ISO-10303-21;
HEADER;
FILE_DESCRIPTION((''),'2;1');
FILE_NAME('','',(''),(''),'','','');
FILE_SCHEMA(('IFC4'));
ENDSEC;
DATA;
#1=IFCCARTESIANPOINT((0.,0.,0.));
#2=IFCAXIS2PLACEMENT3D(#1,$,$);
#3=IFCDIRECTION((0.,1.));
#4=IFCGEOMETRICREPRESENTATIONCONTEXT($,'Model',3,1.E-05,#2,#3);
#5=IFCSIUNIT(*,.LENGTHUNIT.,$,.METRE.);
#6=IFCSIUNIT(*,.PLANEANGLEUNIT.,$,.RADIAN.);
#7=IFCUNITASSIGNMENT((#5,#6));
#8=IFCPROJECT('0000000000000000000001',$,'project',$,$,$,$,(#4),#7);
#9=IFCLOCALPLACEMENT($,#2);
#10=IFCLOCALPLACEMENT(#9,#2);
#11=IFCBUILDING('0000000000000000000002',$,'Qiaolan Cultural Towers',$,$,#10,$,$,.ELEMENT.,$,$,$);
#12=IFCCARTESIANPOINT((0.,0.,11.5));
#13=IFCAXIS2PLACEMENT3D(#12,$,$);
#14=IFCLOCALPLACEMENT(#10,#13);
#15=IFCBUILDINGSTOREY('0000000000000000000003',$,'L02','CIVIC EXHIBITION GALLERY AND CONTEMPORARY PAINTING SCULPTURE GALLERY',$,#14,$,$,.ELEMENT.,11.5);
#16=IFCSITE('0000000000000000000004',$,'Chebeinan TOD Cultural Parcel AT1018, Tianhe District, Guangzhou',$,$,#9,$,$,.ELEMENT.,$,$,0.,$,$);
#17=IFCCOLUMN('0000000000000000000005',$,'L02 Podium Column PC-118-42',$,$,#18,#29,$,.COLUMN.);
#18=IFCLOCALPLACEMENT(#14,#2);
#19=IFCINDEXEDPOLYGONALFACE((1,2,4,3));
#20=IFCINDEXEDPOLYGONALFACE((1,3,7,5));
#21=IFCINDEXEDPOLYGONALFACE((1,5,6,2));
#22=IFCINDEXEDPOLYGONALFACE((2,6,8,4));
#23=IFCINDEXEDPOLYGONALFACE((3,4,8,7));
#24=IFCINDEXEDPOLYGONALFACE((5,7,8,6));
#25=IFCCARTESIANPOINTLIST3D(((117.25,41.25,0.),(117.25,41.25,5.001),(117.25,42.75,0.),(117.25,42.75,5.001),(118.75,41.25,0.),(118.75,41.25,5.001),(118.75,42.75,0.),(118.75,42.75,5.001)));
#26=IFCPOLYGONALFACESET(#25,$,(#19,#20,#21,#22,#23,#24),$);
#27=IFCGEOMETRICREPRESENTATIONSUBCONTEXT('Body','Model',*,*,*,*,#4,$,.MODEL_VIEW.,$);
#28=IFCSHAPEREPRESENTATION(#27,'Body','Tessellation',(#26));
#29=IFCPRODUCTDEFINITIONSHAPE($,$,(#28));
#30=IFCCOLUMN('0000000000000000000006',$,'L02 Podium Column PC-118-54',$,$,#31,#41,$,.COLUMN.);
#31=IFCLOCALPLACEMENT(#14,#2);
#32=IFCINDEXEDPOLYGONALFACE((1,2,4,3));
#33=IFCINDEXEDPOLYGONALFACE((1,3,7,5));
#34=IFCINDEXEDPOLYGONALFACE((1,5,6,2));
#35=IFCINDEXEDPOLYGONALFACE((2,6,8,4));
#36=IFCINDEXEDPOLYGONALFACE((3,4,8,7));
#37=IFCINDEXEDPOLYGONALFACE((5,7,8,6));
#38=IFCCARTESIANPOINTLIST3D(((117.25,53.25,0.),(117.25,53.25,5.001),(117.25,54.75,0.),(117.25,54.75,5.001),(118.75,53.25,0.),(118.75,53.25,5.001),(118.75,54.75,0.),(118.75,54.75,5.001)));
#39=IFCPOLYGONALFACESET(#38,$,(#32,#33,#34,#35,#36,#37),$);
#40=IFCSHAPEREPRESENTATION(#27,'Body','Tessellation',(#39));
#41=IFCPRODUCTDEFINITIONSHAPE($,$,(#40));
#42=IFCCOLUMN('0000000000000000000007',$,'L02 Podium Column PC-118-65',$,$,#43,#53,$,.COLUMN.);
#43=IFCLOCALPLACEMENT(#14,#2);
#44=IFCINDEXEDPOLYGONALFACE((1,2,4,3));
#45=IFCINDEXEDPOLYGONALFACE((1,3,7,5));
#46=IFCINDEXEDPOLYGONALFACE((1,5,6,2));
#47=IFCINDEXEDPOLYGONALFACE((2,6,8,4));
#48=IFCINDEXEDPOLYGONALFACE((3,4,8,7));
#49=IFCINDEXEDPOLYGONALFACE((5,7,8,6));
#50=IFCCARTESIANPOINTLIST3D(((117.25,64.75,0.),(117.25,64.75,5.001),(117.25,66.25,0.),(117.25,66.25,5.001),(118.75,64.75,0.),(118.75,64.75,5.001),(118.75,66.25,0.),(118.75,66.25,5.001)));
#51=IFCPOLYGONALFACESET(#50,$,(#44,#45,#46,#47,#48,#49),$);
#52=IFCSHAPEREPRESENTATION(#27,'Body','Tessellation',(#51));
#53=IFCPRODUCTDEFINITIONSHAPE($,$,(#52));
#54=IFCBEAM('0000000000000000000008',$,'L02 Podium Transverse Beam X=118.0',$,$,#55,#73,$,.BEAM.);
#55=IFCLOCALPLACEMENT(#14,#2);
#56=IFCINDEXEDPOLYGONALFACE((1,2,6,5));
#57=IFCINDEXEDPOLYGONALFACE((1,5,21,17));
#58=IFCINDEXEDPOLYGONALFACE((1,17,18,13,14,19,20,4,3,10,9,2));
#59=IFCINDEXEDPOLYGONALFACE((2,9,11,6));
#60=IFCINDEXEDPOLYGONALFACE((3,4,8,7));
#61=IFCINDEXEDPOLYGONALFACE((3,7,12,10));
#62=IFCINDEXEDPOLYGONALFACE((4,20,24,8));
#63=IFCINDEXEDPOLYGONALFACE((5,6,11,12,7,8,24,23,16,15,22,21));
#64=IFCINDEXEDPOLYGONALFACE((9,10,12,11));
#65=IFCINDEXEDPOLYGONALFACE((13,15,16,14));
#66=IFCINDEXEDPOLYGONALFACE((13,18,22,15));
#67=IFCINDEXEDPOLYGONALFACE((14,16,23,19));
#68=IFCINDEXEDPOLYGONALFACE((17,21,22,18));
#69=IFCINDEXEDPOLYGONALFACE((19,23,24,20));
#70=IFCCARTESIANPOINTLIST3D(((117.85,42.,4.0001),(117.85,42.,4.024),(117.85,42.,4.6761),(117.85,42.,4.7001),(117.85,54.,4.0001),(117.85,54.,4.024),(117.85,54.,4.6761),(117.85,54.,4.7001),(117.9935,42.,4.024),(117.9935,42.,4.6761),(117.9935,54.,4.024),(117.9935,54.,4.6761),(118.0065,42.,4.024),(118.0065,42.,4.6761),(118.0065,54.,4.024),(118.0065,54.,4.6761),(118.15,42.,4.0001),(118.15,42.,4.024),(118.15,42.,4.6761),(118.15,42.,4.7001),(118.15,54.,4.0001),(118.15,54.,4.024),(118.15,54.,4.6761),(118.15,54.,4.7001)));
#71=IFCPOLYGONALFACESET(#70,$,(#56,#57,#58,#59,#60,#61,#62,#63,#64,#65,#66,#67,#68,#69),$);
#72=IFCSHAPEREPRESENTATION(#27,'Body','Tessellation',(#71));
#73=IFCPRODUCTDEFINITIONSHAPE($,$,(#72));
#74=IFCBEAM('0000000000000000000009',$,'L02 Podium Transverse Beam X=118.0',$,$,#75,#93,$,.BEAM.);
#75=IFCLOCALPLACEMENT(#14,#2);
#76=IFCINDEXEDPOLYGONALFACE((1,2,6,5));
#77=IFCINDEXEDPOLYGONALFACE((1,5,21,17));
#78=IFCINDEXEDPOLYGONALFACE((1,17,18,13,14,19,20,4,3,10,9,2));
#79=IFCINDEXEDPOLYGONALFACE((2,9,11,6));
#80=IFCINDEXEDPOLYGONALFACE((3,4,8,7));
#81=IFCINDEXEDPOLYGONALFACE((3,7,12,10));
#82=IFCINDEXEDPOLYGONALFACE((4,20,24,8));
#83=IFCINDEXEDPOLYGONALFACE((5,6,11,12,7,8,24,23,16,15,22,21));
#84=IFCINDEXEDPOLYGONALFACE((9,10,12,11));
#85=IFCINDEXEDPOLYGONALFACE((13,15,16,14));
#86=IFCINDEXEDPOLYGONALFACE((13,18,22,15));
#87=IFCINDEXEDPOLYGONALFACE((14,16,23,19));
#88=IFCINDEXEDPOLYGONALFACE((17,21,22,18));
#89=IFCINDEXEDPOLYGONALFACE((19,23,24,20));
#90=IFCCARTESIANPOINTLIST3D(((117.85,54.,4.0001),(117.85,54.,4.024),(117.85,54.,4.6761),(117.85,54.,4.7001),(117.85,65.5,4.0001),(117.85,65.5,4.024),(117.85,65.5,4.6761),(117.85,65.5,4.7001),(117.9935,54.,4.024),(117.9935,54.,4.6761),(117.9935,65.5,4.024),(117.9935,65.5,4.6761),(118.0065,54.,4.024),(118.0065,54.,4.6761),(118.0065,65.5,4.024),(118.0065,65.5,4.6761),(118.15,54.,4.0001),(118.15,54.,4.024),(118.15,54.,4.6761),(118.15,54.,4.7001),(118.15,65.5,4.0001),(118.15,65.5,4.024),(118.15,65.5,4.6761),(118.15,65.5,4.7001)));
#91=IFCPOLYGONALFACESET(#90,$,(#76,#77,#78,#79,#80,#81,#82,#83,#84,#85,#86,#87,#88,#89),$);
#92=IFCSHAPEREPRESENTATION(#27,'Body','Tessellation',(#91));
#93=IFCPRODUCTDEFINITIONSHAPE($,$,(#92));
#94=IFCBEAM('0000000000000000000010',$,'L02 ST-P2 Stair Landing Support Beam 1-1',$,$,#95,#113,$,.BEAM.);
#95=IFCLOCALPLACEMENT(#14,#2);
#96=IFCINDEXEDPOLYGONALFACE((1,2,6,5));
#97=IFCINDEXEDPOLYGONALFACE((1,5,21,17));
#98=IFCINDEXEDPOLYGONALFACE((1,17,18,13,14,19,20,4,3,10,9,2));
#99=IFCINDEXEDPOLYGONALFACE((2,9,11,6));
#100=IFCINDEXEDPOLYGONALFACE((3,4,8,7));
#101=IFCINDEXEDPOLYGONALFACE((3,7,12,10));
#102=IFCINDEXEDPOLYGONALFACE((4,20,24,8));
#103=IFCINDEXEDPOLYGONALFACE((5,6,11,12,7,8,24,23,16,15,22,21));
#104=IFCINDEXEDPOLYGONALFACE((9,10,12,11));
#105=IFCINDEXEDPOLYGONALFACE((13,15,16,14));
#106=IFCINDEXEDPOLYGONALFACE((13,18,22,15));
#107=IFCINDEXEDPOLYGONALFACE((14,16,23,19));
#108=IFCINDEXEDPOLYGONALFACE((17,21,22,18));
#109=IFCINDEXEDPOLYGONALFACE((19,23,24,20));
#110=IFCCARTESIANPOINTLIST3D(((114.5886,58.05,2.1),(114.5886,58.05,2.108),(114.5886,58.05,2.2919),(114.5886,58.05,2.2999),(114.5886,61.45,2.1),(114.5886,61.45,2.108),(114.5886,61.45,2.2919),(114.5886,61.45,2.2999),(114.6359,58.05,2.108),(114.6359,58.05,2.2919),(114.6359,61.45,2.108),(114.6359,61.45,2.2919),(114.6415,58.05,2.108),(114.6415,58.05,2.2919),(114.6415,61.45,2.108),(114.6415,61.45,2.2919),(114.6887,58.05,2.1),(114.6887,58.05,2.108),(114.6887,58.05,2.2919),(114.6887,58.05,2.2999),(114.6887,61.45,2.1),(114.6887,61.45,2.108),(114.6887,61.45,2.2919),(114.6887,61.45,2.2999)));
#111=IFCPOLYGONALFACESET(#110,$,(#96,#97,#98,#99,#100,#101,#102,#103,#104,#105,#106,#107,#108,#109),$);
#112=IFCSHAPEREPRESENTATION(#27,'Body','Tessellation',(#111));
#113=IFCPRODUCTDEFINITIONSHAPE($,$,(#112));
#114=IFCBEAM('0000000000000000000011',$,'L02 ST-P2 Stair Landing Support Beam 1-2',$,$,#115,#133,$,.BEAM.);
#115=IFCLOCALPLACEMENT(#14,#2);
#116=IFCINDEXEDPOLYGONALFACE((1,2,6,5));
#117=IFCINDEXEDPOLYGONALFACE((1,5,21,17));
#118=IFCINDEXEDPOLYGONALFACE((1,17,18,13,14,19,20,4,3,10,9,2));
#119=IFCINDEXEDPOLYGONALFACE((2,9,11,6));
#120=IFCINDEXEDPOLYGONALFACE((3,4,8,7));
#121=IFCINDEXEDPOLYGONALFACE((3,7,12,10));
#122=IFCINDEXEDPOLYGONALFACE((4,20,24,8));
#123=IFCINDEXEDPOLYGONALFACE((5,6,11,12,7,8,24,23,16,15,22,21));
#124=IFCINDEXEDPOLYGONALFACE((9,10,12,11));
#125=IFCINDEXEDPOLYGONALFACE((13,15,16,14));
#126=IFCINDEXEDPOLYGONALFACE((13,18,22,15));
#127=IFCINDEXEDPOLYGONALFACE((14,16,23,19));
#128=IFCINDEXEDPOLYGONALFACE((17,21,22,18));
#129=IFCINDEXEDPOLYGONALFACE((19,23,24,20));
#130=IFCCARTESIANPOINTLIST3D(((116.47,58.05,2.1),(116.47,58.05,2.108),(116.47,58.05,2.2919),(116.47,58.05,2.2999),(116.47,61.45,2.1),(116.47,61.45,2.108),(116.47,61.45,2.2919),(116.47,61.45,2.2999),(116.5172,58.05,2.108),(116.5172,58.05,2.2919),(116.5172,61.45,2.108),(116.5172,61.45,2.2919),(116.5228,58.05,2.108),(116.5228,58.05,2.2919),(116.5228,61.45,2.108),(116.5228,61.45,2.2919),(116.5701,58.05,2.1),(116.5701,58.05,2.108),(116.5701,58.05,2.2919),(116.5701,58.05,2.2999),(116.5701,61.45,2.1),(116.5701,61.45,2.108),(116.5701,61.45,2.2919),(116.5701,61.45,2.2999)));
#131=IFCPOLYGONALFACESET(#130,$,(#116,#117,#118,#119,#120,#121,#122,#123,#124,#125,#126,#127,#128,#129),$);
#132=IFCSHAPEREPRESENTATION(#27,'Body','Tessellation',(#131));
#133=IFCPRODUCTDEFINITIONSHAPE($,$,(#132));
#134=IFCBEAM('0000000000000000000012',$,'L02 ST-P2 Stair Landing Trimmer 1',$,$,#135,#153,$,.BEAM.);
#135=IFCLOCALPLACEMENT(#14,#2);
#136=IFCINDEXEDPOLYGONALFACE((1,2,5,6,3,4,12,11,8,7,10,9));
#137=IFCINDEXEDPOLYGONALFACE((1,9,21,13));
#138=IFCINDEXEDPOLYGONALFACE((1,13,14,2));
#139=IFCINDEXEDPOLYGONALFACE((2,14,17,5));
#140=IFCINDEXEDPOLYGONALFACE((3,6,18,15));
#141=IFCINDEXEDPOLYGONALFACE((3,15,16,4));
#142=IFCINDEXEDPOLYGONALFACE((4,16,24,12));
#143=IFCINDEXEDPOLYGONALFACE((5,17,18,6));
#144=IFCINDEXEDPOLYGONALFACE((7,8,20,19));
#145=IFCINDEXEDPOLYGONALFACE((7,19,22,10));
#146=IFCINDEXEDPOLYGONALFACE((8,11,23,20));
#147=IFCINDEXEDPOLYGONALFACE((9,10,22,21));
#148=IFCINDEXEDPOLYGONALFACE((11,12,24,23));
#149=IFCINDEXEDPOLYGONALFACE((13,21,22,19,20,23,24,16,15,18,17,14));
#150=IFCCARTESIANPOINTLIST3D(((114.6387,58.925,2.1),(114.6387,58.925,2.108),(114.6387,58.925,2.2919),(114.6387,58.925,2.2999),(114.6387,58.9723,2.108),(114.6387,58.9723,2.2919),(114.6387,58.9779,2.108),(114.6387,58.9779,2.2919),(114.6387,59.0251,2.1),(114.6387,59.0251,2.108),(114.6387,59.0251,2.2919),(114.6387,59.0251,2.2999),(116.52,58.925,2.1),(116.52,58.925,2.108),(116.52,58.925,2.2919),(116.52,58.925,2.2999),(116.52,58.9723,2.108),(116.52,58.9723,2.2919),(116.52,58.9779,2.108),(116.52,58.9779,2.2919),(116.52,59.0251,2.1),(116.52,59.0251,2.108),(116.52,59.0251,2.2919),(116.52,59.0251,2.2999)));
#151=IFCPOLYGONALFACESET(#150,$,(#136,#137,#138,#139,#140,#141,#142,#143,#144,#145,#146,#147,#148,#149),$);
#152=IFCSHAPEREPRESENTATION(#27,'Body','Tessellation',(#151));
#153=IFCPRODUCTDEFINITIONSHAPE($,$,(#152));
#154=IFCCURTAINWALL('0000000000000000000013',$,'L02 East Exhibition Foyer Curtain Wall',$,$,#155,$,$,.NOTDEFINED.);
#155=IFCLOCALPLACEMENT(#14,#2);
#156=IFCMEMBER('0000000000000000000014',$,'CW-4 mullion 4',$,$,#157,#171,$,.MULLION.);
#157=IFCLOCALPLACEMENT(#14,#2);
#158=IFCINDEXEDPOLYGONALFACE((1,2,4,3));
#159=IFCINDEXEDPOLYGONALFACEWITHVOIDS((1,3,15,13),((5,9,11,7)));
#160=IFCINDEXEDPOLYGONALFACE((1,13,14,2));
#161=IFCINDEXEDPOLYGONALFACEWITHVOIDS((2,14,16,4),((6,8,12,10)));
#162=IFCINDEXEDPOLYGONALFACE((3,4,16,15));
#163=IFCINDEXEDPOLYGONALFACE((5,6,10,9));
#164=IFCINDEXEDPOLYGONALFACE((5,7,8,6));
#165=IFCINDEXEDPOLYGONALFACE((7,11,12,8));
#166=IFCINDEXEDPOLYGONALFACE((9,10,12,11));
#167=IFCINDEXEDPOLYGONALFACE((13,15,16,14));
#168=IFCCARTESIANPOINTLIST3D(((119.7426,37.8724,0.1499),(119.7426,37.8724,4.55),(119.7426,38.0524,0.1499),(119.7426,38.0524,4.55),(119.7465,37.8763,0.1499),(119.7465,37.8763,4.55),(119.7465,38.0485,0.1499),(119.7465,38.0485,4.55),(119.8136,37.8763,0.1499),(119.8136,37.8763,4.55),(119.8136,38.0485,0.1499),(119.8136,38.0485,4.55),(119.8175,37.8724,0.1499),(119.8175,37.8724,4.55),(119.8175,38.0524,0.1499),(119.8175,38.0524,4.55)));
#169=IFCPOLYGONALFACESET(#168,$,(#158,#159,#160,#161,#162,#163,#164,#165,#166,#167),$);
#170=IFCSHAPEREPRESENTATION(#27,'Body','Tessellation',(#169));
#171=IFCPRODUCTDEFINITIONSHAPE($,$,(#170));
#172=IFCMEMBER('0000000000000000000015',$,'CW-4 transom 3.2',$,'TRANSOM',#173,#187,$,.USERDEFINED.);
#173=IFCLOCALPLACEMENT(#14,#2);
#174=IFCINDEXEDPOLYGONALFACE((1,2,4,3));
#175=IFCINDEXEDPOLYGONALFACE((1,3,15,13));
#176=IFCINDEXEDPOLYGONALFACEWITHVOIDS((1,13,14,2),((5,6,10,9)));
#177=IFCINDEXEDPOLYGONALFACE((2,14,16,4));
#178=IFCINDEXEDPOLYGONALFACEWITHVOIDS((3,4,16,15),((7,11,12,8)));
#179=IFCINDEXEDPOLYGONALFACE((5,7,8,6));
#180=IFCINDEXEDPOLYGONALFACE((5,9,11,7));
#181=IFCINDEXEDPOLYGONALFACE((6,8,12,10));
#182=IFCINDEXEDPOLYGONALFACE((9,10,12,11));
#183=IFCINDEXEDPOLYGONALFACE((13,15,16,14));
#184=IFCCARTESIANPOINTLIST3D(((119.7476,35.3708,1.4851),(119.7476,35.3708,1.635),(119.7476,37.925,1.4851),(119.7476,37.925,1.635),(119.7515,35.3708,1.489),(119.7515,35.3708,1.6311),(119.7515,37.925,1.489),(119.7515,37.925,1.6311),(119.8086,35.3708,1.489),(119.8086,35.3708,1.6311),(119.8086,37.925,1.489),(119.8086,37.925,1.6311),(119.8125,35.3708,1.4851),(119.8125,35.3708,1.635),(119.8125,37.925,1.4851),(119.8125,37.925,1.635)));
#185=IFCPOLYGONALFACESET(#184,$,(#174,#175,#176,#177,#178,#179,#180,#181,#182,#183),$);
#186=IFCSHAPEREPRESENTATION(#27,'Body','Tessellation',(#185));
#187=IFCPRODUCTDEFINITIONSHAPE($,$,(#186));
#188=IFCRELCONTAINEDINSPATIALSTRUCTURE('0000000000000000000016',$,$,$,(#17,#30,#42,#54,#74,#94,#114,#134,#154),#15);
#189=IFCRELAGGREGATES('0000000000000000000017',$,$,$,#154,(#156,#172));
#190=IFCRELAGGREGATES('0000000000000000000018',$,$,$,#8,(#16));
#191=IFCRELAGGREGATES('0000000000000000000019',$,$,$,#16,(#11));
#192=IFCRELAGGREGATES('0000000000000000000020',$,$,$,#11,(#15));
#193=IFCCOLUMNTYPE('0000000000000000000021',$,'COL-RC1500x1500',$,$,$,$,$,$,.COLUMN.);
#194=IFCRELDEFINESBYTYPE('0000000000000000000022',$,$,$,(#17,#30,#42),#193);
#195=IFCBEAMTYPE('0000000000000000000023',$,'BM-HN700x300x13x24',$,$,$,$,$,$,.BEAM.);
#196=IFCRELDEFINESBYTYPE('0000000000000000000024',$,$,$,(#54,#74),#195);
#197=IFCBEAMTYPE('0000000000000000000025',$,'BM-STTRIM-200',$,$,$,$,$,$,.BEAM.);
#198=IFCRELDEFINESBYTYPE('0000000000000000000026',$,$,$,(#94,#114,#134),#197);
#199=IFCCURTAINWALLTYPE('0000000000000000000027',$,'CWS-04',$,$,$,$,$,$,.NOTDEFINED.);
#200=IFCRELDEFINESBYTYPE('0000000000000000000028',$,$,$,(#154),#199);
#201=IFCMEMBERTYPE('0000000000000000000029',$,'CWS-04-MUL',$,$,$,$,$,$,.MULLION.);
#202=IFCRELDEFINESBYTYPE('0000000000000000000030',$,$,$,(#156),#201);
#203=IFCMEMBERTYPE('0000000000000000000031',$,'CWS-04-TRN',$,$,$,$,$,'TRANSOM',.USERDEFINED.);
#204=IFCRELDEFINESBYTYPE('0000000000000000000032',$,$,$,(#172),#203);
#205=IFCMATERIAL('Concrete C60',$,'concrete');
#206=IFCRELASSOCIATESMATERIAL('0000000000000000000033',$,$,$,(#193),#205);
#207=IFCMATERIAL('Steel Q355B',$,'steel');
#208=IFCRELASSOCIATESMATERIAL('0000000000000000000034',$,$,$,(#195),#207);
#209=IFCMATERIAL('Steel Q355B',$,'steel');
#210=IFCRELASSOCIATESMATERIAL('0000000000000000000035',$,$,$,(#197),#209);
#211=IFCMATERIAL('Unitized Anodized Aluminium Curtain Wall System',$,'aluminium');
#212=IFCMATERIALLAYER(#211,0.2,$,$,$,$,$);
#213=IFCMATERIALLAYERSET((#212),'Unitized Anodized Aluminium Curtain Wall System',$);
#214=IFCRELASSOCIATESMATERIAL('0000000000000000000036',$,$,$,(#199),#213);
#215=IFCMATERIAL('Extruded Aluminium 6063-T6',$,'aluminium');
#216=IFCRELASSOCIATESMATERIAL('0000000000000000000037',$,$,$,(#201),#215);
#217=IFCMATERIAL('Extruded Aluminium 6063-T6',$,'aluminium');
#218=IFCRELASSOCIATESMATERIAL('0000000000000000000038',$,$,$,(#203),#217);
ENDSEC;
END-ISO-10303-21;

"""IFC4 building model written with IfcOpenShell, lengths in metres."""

from ifc_helpers import new_model, si_unit, direction, frame, origin, origin_2d, place, context, subcontext, project, spatial, rectangle, hollow_rectangle, i_section, extrude, material, layer, layer_set, material_profile, profile_set, type_object, element, aggregate, save


model = new_model("IFC4")

# Units and contexts
model_context = context("Model", 3, precision=1e-05, world=origin(), true_north=direction((0.0, 1.0)))
body_context = subcontext(model_context, "Body", "Model", "MODEL_VIEW")
ifc_project = project(units=[si_unit("LENGTHUNIT", "METRE"), si_unit("PLANEANGLEUNIT", "RADIAN")], contexts=[model_context])

# Site, building, storey
site_placement = place(None, origin())
site = spatial("IfcSite", under=ifc_project, at=site_placement, Name="Chebeinan TOD Cultural Parcel AT1018, Tianhe District, Guangzhou", CompositionType="ELEMENT", RefElevation=0.0)
building_placement = place(site_placement, origin())
building = spatial("IfcBuilding", under=site, at=building_placement, Name="Qiaolan Cultural Towers", CompositionType="ELEMENT")
storey_placement = place(building_placement, frame((0.0, 0.0, 11.5)))
storey = spatial("IfcBuildingStorey", under=building, at=storey_placement, Name="L02", Description="CIVIC EXHIBITION GALLERY AND CONTEMPORARY PAINTING SCULPTURE GALLERY", CompositionType="ELEMENT", Elevation=11.5)

# Columns
ifc_material_1 = material(Name="Concrete C60", Category="concrete")
ifc_material_profile_1 = material_profile(ifc_material_1, rectangle(XDim=1.5, YDim=1.5, at=origin_2d()), Name="RC1500x1500")
ifc_profile_set_1 = profile_set([ifc_material_profile_1], Name="Concrete C60")
column_type = type_object("IfcColumnType", Name="COL-RC1500x1500", PredefinedType="COLUMN", material=ifc_profile_set_1)
for number, where, z_axis, x_axis, name in (
    (1, (118.0, 42.0, 0.0), (0.0, 0.0, 1.0), (1.0, 0.0, 0.0), "L02 Podium Column PC-118-42"),
    (2, (118.0, 54.0, 0.0), (0.0, 0.0, 1.0), (1.0, 0.0, 0.0), "L02 Podium Column PC-118-54"),
    (3, (118.0, 65.5, 0.0), (0.0, 0.0, 1.0), (1.0, 0.0, 0.0), "L02 Podium Column PC-118-65"),
):
    element("IfcColumn", number, at=place(storey_placement, frame(where, z_axis=z_axis, x_axis=x_axis)), inside=storey, type_object=column_type, Name=name, PredefinedType="COLUMN", context=body_context, shape_type="SweptSolid", body=[
        extrude(rectangle(XDim=1.5, YDim=1.5, at=origin_2d()), origin(), (0.0, 0.0, 1.0), 5.001),
    ])

# Beams
ifc_material_2 = material(Name="Steel Q355B", Category="steel")
ifc_material_profile_2 = material_profile(ifc_material_2, i_section(OverallWidth=0.3, OverallDepth=0.7, WebThickness=0.0129, FlangeThickness=0.0239, at=origin_2d()), Name="HN700x300x13x24")
ifc_profile_set_2 = profile_set([ifc_material_profile_2], Name="Steel Q355B")
beam_type_1 = type_object("IfcBeamType", Name="BM-HN700x300x13x24", PredefinedType="BEAM", material=ifc_profile_set_2)
beam_1_placement = place(storey_placement, frame((118.0, 42.0, 4.3501), z_axis=(0.0, 1.0, 0.0), x_axis=(-1.0, 0.0, 0.0)))
element("IfcBeam", 4, at=beam_1_placement, inside=storey, type_object=beam_type_1, Name="L02 Podium Transverse Beam X=118.0", PredefinedType="BEAM", context=body_context, shape_type="SweptSolid", body=[
    extrude(i_section(OverallWidth=0.3, OverallDepth=0.7, WebThickness=0.0129, FlangeThickness=0.0239, at=origin_2d()), origin(), (0.0, 0.0, 1.0), 12.0),
])
beam_2_placement = place(storey_placement, frame((118.0, 54.0, 4.3501), z_axis=(0.0, 1.0, 0.0), x_axis=(-1.0, 0.0, 0.0)))
element("IfcBeam", 5, at=beam_2_placement, inside=storey, type_object=beam_type_1, Name="L02 Podium Transverse Beam X=118.0", PredefinedType="BEAM", context=body_context, shape_type="SweptSolid", body=[
    extrude(i_section(OverallWidth=0.3, OverallDepth=0.7, WebThickness=0.0129, FlangeThickness=0.0239, at=origin_2d()), origin(), (0.0, 0.0, 1.0), 11.5),
])
ifc_material_3 = material(Name="Steel Q355B", Category="steel")
ifc_material_profile_3 = material_profile(ifc_material_3, i_section(OverallWidth=0.1001, OverallDepth=0.2, WebThickness=0.0056, FlangeThickness=0.0081, at=origin_2d()), Name="HN200x100x5.5x8")
ifc_profile_set_3 = profile_set([ifc_material_profile_3], Name="Steel Q355B")
beam_type_2 = type_object("IfcBeamType", Name="BM-STTRIM-200", PredefinedType="BEAM", material=ifc_profile_set_3)
for number, where, z_axis, x_axis, name in (
    (6, (114.6387, 58.05, 2.2), (0.0, 1.0, 0.0), (-1.0, 0.0, 0.0), "L02 ST-P2 Stair Landing Support Beam 1-1"),
    (7, (116.52, 58.05, 2.2), (0.0, 1.0, 0.0), (-1.0, 0.0, 0.0), "L02 ST-P2 Stair Landing Support Beam 1-2"),
):
    element("IfcBeam", number, at=place(storey_placement, frame(where, z_axis=z_axis, x_axis=x_axis)), inside=storey, type_object=beam_type_2, Name=name, PredefinedType="BEAM", context=body_context, shape_type="SweptSolid", body=[
        extrude(i_section(OverallWidth=0.1001, OverallDepth=0.2, WebThickness=0.0056, FlangeThickness=0.0081, at=origin_2d()), origin(), (0.0, 0.0, 1.0), 3.3999),
    ])
beam_3_placement = place(storey_placement, frame((114.6387, 58.9751, 2.2), z_axis=(1.0, 0.0, 0.0), x_axis=(0.0, 1.0, 0.0)))
element("IfcBeam", 8, at=beam_3_placement, inside=storey, type_object=beam_type_2, Name="L02 ST-P2 Stair Landing Trimmer 1", PredefinedType="BEAM", context=body_context, shape_type="SweptSolid", body=[
    extrude(i_section(OverallWidth=0.1001, OverallDepth=0.2, WebThickness=0.0056, FlangeThickness=0.0081, at=origin_2d()), origin(), (0.0, 0.0, 1.0), 1.8813),
])

# Curtain wall, members
ifc_material_4 = material(Name="Unitized Anodized Aluminium Curtain Wall System", Category="aluminium")
ifc_layer_1 = layer(ifc_material_4, 0.2)
ifc_layer_set_1 = layer_set([ifc_layer_1], Name="Unitized Anodized Aluminium Curtain Wall System")
curtain_wall_type = type_object("IfcCurtainWallType", Name="CWS-04", PredefinedType="NOTDEFINED", material=ifc_layer_set_1)
curtain_wall_placement = place(storey_placement, origin())
curtain_wall = element("IfcCurtainWall", 9, at=curtain_wall_placement, inside=storey, type_object=curtain_wall_type, Name="L02 East Exhibition Foyer Curtain Wall", PredefinedType="NOTDEFINED")
ifc_material_5 = material(Name="Extruded Aluminium 6063-T6", Category="aluminium")
ifc_material_profile_4 = material_profile(ifc_material_5, hollow_rectangle(XDim=0.075, YDim=0.1799, WallThickness=0.0039, at=origin_2d()), Name="CWM-180x75x4")
ifc_profile_set_4 = profile_set([ifc_material_profile_4], Name="Extruded Aluminium 6063-T6")
member_type_1 = type_object("IfcMemberType", Name="CWS-04-MUL", PredefinedType="MULLION", material=ifc_profile_set_4)
member_1_placement = place(storey_placement, frame((119.78, 37.9624, 0.1499), z_axis=(0.0, 0.0, 1.0), x_axis=(-1.0, 0.0, 0.0)))
member_1 = element("IfcMember", 10, at=member_1_placement, type_object=member_type_1, Name="CW-4 mullion 4", PredefinedType="MULLION", context=body_context, shape_type="SweptSolid", body=[
    extrude(hollow_rectangle(XDim=0.075, YDim=0.1799, WallThickness=0.0039, at=origin_2d()), origin(), (0.0, 0.0, 1.0), 4.4001),
])
ifc_material_6 = material(Name="Extruded Aluminium 6063-T6", Category="aluminium")
ifc_material_profile_5 = material_profile(ifc_material_6, hollow_rectangle(XDim=0.0649, YDim=0.1499, WallThickness=0.0039, at=origin_2d()), Name="CWT-150x65x4")
ifc_profile_set_5 = profile_set([ifc_material_profile_5], Name="Extruded Aluminium 6063-T6")
member_type_2 = type_object("IfcMemberType", Name="CWS-04-TRN", ElementType="TRANSOM", PredefinedType="USERDEFINED", material=ifc_profile_set_5)
member_2_placement = place(storey_placement, frame((119.78, 35.3708, 1.5601), z_axis=(0.0, 1.0, 0.0), x_axis=(-1.0, 0.0, 0.0)))
member_2 = element("IfcMember", 11, at=member_2_placement, type_object=member_type_2, Name="CW-4 transom 3.2", ObjectType="TRANSOM", PredefinedType="USERDEFINED", context=body_context, shape_type="SweptSolid", body=[
    extrude(hollow_rectangle(XDim=0.0649, YDim=0.1499, WallThickness=0.0039, at=origin_2d()), origin(), (0.0, 0.0, 1.0), 2.5542),
])
aggregate(curtain_wall, [member_1, member_2])

save(model, "model.ifc")
